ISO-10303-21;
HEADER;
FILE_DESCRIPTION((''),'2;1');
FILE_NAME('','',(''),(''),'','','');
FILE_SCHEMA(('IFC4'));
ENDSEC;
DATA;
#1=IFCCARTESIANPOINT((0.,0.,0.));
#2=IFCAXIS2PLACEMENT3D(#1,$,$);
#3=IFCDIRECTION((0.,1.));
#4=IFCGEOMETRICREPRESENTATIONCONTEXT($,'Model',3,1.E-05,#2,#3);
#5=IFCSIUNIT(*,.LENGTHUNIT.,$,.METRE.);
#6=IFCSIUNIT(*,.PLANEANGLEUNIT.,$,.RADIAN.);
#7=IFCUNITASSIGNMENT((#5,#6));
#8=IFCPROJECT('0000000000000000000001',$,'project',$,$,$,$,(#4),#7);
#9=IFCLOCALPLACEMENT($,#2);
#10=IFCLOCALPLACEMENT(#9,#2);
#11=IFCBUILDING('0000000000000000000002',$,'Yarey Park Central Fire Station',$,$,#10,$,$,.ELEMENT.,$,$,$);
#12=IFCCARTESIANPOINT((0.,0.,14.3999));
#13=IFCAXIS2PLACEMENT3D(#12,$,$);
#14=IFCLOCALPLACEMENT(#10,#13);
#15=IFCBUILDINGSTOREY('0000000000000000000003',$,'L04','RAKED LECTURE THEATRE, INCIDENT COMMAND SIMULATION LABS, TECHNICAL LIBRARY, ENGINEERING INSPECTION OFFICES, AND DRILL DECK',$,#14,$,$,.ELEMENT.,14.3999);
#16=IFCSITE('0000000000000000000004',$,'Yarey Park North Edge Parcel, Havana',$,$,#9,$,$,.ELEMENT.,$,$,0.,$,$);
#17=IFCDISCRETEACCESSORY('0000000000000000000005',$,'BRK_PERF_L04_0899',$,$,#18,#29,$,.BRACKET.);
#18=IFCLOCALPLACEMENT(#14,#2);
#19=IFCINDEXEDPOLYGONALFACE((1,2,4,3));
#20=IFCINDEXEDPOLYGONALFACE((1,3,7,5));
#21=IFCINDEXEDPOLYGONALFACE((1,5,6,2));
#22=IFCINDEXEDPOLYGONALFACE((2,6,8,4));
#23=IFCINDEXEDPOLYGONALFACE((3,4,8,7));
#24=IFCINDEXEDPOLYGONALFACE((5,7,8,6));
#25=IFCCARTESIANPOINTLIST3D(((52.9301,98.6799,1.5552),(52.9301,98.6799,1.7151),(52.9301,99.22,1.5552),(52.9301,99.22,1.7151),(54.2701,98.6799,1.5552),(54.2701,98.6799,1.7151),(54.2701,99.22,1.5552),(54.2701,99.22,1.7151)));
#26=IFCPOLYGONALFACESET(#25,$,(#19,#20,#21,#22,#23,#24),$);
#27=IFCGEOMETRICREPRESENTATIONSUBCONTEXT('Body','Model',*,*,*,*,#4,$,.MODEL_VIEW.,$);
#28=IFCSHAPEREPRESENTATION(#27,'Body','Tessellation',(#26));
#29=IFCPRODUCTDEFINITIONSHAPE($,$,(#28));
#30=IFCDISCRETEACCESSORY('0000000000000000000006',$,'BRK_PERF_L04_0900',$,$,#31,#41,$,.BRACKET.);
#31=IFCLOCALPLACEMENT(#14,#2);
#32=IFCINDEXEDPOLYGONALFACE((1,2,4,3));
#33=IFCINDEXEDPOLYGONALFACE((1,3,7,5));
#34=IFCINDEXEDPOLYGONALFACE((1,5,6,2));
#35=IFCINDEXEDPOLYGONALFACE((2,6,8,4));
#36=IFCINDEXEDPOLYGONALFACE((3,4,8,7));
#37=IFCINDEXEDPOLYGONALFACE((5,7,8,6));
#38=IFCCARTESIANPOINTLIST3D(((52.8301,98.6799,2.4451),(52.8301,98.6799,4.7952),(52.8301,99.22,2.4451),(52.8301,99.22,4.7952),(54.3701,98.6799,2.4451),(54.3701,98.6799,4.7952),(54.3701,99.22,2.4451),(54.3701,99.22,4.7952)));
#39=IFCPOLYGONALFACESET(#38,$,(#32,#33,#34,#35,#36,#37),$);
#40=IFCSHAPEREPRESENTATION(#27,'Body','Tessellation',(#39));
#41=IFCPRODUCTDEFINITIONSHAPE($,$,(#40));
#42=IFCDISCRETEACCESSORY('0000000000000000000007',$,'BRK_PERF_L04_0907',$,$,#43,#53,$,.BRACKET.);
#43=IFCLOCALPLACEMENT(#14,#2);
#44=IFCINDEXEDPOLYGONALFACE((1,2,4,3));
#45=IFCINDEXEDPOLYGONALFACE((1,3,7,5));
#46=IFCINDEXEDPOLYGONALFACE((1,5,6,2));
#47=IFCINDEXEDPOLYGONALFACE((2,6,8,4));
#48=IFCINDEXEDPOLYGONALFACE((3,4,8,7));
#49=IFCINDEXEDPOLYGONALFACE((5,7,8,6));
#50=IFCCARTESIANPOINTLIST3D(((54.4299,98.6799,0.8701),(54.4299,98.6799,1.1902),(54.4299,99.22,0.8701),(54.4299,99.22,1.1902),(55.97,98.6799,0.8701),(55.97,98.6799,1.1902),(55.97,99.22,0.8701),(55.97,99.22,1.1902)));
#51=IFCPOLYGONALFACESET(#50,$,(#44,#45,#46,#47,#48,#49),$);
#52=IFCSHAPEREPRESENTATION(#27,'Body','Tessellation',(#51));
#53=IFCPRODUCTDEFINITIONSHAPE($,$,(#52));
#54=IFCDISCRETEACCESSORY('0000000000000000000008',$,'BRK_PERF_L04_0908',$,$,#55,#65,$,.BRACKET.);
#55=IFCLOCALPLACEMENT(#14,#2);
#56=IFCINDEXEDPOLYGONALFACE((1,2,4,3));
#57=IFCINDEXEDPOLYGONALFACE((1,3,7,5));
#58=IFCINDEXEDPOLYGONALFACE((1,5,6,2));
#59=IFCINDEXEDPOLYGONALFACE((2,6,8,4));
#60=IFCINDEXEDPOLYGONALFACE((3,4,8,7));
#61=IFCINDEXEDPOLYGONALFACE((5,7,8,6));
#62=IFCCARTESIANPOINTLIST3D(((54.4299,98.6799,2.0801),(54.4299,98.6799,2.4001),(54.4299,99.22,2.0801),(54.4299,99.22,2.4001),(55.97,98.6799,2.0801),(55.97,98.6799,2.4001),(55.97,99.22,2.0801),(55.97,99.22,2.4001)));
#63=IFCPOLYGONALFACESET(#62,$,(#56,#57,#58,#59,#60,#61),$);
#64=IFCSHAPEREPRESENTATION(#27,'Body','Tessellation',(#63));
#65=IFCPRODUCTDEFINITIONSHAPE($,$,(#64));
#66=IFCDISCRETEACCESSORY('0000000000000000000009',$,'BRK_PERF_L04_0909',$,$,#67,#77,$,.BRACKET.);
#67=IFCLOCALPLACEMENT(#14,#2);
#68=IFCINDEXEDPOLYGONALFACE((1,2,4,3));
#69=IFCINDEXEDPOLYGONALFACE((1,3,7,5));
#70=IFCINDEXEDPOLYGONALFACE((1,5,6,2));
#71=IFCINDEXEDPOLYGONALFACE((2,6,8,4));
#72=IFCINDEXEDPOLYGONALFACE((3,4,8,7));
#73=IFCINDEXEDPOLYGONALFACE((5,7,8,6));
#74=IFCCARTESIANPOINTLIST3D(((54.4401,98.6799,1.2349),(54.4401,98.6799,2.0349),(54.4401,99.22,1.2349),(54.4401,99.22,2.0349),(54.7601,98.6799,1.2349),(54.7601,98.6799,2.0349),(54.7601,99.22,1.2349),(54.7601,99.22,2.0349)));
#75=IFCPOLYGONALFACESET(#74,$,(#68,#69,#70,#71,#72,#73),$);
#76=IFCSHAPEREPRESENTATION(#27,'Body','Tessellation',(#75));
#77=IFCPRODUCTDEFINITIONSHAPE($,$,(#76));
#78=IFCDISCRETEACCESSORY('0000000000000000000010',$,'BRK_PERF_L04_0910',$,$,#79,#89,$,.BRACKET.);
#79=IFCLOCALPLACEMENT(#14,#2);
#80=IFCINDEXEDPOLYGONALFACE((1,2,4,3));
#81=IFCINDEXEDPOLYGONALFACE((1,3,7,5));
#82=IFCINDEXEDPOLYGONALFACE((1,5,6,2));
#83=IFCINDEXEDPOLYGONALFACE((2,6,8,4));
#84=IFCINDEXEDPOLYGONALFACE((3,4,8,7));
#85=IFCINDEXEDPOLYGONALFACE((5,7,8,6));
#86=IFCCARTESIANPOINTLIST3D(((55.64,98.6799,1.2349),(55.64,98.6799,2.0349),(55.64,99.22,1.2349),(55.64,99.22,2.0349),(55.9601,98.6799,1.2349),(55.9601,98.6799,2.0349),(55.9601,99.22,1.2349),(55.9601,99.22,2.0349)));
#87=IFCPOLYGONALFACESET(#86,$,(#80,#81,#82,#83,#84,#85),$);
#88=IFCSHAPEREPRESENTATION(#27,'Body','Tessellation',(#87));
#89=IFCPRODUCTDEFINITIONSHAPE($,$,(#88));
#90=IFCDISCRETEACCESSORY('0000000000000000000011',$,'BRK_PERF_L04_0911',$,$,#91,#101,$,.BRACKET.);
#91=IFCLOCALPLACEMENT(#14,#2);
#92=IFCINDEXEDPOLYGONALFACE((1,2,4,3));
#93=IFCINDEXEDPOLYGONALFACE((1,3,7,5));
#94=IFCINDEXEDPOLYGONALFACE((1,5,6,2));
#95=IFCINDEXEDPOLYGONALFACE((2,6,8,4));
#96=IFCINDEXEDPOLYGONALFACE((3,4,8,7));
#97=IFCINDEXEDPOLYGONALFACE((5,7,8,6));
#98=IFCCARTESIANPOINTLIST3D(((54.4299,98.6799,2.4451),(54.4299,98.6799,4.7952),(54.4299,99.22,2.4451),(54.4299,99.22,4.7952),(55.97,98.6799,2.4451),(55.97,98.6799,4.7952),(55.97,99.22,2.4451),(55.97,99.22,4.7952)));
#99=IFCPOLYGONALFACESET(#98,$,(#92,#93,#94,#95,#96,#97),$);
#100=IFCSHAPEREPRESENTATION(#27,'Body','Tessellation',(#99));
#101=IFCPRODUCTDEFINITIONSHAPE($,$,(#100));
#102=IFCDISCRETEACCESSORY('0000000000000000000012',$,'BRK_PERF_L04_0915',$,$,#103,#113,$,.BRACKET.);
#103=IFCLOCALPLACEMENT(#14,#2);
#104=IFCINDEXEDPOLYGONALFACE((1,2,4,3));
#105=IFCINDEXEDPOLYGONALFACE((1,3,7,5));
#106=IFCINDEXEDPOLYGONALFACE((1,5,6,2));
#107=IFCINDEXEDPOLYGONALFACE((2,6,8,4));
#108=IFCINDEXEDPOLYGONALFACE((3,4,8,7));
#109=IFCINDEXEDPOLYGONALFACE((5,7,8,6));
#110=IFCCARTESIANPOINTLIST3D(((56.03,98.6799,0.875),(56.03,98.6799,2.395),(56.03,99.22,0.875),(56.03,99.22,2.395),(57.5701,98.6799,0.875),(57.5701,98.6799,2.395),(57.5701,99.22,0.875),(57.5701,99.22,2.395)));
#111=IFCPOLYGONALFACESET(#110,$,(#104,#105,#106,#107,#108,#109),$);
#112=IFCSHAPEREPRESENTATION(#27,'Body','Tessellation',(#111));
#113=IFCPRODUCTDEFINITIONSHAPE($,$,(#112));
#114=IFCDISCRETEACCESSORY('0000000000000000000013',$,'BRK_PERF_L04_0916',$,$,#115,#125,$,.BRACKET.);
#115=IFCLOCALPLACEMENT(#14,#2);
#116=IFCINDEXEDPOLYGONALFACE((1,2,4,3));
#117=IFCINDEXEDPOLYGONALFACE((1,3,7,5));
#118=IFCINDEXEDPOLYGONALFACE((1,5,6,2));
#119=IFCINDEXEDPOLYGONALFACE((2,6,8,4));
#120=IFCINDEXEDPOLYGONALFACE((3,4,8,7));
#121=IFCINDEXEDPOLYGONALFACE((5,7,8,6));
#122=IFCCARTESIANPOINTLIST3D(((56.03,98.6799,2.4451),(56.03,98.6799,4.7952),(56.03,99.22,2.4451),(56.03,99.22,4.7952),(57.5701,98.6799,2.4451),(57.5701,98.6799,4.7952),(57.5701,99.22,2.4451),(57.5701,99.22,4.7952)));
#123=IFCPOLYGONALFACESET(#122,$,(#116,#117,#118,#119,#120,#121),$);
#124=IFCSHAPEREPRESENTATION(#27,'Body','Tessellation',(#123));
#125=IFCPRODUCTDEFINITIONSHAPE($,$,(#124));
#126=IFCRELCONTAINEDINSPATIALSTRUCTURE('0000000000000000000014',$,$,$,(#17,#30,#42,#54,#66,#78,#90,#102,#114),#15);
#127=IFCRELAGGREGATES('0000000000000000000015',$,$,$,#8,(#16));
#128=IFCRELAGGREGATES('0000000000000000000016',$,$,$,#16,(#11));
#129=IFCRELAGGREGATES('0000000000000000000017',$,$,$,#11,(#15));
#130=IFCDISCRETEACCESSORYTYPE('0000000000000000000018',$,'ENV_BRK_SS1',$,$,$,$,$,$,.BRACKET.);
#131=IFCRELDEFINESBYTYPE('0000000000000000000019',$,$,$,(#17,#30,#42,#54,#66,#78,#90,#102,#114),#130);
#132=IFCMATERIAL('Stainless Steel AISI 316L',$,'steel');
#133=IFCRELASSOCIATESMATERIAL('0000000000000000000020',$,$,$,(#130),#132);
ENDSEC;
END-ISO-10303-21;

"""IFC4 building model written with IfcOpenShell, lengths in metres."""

from ifc_helpers import new_model, si_unit, direction, frame, origin, origin_2d, place, context, subcontext, project, spatial, rectangle, extrude, material, type_object, element, save


model = new_model("IFC4")

# Units and contexts
model_context = context("Model", 3, precision=1e-05, world=origin(), true_north=direction((0.0, 1.0)))
body_context = subcontext(model_context, "Body", "Model", "MODEL_VIEW")
ifc_project = project(units=[si_unit("LENGTHUNIT", "METRE"), si_unit("PLANEANGLEUNIT", "RADIAN")], contexts=[model_context])

# Site, building, storey
site_placement = place(None, origin())
site = spatial("IfcSite", under=ifc_project, at=site_placement, Name="Yarey Park North Edge Parcel, Havana", CompositionType="ELEMENT", RefElevation=0.0)
building_placement = place(site_placement, origin())
building = spatial("IfcBuilding", under=site, at=building_placement, Name="Yarey Park Central Fire Station", CompositionType="ELEMENT")
storey_placement = place(building_placement, frame((0.0, 0.0, 14.3999)))
storey = spatial("IfcBuildingStorey", under=building, at=storey_placement, Name="L04", Description="RAKED LECTURE THEATRE, INCIDENT COMMAND SIMULATION LABS, TECHNICAL LIBRARY, ENGINEERING INSPECTION OFFICES, AND DRILL DECK", CompositionType="ELEMENT", Elevation=14.3999)

# Discrete accessories
ifc_material_1 = material(Name="Stainless Steel AISI 316L", Category="steel")
discrete_accessory_type = type_object("IfcDiscreteAccessoryType", Name="ENV_BRK_SS1", PredefinedType="BRACKET", material=ifc_material_1)
discrete_accessory_1_placement = place(storey_placement, frame((53.6001, 98.95, 1.5552), z_axis=(0.0, 0.0, 1.0), x_axis=(1.0, 0.0, 0.0)))
element("IfcDiscreteAccessory", 1, at=discrete_accessory_1_placement, inside=storey, type_object=discrete_accessory_type, Name="BRK_PERF_L04_0899", PredefinedType="BRACKET", context=body_context, shape_type="SweptSolid", body=[
    extrude(rectangle(XDim=1.3401, YDim=0.54, at=origin_2d()), origin(), (0.0, 0.0, 1.0), 0.1599),
])
discrete_accessory_2_placement = place(storey_placement, frame((53.6001, 98.95, 2.4451), z_axis=(0.0, 0.0, 1.0), x_axis=(1.0, 0.0, 0.0)))
element("IfcDiscreteAccessory", 2, at=discrete_accessory_2_placement, inside=storey, type_object=discrete_accessory_type, Name="BRK_PERF_L04_0900", PredefinedType="BRACKET", context=body_context, shape_type="SweptSolid", body=[
    extrude(rectangle(XDim=1.54, YDim=0.54, at=origin_2d()), origin(), (0.0, 0.0, 1.0), 2.3501),
])
for number, where, z_axis, x_axis, name in (
    (3, (55.2, 98.95, 0.8701), (0.0, 0.0, 1.0), (1.0, 0.0, 0.0), "BRK_PERF_L04_0907"),
    (4, (55.2, 98.95, 2.0801), (0.0, 0.0, 1.0), (1.0, 0.0, 0.0), "BRK_PERF_L04_0908"),
):
    element("IfcDiscreteAccessory", number, at=place(storey_placement, frame(where, z_axis=z_axis, x_axis=x_axis)), inside=storey, type_object=discrete_accessory_type, Name=name, PredefinedType="BRACKET", context=body_context, shape_type="SweptSolid", body=[
        extrude(rectangle(XDim=1.54, YDim=0.54, at=origin_2d()), origin(), (0.0, 0.0, 1.0), 0.3201),
    ])
for number, where, z_axis, x_axis, name in (
    (5, (54.6001, 98.95, 1.2349), (0.0, 0.0, 1.0), (1.0, 0.0, 0.0), "BRK_PERF_L04_0909"),
    (6, (55.8, 98.95, 1.2349), (0.0, 0.0, 1.0), (1.0, 0.0, 0.0), "BRK_PERF_L04_0910"),
):
    element("IfcDiscreteAccessory", number, at=place(storey_placement, frame(where, z_axis=z_axis, x_axis=x_axis)), inside=storey, type_object=discrete_accessory_type, Name=name, PredefinedType="BRACKET", context=body_context, shape_type="SweptSolid", body=[
        extrude(rectangle(XDim=0.3201, YDim=0.54, at=origin_2d()), origin(), (0.0, 0.0, 1.0), 0.8),
    ])
discrete_accessory_3_placement = place(storey_placement, frame((55.2, 98.95, 2.4451), z_axis=(0.0, 0.0, 1.0), x_axis=(1.0, 0.0, 0.0)))
element("IfcDiscreteAccessory", 7, at=discrete_accessory_3_placement, inside=storey, type_object=discrete_accessory_type, Name="BRK_PERF_L04_0911", PredefinedType="BRACKET", context=body_context, shape_type="SweptSolid", body=[
    extrude(rectangle(XDim=1.54, YDim=0.54, at=origin_2d()), origin(), (0.0, 0.0, 1.0), 2.3501),
])
discrete_accessory_4_placement = place(storey_placement, frame((56.8, 98.95, 0.875), z_axis=(0.0, 0.0, 1.0), x_axis=(1.0, 0.0, 0.0)))
element("IfcDiscreteAccessory", 8, at=discrete_accessory_4_placement, inside=storey, type_object=discrete_accessory_type, Name="BRK_PERF_L04_0915", PredefinedType="BRACKET", context=body_context, shape_type="SweptSolid", body=[
    extrude(rectangle(XDim=1.54, YDim=0.54, at=origin_2d()), origin(), (0.0, 0.0, 1.0), 1.52),
])
discrete_accessory_5_placement = place(storey_placement, frame((56.8, 98.95, 2.4451), z_axis=(0.0, 0.0, 1.0), x_axis=(1.0, 0.0, 0.0)))
element("IfcDiscreteAccessory", 9, at=discrete_accessory_5_placement, inside=storey, type_object=discrete_accessory_type, Name="BRK_PERF_L04_0916", PredefinedType="BRACKET", context=body_context, shape_type="SweptSolid", body=[
    extrude(rectangle(XDim=1.54, YDim=0.54, at=origin_2d()), origin(), (0.0, 0.0, 1.0), 2.3501),
])

save(model, "model.ifc")
